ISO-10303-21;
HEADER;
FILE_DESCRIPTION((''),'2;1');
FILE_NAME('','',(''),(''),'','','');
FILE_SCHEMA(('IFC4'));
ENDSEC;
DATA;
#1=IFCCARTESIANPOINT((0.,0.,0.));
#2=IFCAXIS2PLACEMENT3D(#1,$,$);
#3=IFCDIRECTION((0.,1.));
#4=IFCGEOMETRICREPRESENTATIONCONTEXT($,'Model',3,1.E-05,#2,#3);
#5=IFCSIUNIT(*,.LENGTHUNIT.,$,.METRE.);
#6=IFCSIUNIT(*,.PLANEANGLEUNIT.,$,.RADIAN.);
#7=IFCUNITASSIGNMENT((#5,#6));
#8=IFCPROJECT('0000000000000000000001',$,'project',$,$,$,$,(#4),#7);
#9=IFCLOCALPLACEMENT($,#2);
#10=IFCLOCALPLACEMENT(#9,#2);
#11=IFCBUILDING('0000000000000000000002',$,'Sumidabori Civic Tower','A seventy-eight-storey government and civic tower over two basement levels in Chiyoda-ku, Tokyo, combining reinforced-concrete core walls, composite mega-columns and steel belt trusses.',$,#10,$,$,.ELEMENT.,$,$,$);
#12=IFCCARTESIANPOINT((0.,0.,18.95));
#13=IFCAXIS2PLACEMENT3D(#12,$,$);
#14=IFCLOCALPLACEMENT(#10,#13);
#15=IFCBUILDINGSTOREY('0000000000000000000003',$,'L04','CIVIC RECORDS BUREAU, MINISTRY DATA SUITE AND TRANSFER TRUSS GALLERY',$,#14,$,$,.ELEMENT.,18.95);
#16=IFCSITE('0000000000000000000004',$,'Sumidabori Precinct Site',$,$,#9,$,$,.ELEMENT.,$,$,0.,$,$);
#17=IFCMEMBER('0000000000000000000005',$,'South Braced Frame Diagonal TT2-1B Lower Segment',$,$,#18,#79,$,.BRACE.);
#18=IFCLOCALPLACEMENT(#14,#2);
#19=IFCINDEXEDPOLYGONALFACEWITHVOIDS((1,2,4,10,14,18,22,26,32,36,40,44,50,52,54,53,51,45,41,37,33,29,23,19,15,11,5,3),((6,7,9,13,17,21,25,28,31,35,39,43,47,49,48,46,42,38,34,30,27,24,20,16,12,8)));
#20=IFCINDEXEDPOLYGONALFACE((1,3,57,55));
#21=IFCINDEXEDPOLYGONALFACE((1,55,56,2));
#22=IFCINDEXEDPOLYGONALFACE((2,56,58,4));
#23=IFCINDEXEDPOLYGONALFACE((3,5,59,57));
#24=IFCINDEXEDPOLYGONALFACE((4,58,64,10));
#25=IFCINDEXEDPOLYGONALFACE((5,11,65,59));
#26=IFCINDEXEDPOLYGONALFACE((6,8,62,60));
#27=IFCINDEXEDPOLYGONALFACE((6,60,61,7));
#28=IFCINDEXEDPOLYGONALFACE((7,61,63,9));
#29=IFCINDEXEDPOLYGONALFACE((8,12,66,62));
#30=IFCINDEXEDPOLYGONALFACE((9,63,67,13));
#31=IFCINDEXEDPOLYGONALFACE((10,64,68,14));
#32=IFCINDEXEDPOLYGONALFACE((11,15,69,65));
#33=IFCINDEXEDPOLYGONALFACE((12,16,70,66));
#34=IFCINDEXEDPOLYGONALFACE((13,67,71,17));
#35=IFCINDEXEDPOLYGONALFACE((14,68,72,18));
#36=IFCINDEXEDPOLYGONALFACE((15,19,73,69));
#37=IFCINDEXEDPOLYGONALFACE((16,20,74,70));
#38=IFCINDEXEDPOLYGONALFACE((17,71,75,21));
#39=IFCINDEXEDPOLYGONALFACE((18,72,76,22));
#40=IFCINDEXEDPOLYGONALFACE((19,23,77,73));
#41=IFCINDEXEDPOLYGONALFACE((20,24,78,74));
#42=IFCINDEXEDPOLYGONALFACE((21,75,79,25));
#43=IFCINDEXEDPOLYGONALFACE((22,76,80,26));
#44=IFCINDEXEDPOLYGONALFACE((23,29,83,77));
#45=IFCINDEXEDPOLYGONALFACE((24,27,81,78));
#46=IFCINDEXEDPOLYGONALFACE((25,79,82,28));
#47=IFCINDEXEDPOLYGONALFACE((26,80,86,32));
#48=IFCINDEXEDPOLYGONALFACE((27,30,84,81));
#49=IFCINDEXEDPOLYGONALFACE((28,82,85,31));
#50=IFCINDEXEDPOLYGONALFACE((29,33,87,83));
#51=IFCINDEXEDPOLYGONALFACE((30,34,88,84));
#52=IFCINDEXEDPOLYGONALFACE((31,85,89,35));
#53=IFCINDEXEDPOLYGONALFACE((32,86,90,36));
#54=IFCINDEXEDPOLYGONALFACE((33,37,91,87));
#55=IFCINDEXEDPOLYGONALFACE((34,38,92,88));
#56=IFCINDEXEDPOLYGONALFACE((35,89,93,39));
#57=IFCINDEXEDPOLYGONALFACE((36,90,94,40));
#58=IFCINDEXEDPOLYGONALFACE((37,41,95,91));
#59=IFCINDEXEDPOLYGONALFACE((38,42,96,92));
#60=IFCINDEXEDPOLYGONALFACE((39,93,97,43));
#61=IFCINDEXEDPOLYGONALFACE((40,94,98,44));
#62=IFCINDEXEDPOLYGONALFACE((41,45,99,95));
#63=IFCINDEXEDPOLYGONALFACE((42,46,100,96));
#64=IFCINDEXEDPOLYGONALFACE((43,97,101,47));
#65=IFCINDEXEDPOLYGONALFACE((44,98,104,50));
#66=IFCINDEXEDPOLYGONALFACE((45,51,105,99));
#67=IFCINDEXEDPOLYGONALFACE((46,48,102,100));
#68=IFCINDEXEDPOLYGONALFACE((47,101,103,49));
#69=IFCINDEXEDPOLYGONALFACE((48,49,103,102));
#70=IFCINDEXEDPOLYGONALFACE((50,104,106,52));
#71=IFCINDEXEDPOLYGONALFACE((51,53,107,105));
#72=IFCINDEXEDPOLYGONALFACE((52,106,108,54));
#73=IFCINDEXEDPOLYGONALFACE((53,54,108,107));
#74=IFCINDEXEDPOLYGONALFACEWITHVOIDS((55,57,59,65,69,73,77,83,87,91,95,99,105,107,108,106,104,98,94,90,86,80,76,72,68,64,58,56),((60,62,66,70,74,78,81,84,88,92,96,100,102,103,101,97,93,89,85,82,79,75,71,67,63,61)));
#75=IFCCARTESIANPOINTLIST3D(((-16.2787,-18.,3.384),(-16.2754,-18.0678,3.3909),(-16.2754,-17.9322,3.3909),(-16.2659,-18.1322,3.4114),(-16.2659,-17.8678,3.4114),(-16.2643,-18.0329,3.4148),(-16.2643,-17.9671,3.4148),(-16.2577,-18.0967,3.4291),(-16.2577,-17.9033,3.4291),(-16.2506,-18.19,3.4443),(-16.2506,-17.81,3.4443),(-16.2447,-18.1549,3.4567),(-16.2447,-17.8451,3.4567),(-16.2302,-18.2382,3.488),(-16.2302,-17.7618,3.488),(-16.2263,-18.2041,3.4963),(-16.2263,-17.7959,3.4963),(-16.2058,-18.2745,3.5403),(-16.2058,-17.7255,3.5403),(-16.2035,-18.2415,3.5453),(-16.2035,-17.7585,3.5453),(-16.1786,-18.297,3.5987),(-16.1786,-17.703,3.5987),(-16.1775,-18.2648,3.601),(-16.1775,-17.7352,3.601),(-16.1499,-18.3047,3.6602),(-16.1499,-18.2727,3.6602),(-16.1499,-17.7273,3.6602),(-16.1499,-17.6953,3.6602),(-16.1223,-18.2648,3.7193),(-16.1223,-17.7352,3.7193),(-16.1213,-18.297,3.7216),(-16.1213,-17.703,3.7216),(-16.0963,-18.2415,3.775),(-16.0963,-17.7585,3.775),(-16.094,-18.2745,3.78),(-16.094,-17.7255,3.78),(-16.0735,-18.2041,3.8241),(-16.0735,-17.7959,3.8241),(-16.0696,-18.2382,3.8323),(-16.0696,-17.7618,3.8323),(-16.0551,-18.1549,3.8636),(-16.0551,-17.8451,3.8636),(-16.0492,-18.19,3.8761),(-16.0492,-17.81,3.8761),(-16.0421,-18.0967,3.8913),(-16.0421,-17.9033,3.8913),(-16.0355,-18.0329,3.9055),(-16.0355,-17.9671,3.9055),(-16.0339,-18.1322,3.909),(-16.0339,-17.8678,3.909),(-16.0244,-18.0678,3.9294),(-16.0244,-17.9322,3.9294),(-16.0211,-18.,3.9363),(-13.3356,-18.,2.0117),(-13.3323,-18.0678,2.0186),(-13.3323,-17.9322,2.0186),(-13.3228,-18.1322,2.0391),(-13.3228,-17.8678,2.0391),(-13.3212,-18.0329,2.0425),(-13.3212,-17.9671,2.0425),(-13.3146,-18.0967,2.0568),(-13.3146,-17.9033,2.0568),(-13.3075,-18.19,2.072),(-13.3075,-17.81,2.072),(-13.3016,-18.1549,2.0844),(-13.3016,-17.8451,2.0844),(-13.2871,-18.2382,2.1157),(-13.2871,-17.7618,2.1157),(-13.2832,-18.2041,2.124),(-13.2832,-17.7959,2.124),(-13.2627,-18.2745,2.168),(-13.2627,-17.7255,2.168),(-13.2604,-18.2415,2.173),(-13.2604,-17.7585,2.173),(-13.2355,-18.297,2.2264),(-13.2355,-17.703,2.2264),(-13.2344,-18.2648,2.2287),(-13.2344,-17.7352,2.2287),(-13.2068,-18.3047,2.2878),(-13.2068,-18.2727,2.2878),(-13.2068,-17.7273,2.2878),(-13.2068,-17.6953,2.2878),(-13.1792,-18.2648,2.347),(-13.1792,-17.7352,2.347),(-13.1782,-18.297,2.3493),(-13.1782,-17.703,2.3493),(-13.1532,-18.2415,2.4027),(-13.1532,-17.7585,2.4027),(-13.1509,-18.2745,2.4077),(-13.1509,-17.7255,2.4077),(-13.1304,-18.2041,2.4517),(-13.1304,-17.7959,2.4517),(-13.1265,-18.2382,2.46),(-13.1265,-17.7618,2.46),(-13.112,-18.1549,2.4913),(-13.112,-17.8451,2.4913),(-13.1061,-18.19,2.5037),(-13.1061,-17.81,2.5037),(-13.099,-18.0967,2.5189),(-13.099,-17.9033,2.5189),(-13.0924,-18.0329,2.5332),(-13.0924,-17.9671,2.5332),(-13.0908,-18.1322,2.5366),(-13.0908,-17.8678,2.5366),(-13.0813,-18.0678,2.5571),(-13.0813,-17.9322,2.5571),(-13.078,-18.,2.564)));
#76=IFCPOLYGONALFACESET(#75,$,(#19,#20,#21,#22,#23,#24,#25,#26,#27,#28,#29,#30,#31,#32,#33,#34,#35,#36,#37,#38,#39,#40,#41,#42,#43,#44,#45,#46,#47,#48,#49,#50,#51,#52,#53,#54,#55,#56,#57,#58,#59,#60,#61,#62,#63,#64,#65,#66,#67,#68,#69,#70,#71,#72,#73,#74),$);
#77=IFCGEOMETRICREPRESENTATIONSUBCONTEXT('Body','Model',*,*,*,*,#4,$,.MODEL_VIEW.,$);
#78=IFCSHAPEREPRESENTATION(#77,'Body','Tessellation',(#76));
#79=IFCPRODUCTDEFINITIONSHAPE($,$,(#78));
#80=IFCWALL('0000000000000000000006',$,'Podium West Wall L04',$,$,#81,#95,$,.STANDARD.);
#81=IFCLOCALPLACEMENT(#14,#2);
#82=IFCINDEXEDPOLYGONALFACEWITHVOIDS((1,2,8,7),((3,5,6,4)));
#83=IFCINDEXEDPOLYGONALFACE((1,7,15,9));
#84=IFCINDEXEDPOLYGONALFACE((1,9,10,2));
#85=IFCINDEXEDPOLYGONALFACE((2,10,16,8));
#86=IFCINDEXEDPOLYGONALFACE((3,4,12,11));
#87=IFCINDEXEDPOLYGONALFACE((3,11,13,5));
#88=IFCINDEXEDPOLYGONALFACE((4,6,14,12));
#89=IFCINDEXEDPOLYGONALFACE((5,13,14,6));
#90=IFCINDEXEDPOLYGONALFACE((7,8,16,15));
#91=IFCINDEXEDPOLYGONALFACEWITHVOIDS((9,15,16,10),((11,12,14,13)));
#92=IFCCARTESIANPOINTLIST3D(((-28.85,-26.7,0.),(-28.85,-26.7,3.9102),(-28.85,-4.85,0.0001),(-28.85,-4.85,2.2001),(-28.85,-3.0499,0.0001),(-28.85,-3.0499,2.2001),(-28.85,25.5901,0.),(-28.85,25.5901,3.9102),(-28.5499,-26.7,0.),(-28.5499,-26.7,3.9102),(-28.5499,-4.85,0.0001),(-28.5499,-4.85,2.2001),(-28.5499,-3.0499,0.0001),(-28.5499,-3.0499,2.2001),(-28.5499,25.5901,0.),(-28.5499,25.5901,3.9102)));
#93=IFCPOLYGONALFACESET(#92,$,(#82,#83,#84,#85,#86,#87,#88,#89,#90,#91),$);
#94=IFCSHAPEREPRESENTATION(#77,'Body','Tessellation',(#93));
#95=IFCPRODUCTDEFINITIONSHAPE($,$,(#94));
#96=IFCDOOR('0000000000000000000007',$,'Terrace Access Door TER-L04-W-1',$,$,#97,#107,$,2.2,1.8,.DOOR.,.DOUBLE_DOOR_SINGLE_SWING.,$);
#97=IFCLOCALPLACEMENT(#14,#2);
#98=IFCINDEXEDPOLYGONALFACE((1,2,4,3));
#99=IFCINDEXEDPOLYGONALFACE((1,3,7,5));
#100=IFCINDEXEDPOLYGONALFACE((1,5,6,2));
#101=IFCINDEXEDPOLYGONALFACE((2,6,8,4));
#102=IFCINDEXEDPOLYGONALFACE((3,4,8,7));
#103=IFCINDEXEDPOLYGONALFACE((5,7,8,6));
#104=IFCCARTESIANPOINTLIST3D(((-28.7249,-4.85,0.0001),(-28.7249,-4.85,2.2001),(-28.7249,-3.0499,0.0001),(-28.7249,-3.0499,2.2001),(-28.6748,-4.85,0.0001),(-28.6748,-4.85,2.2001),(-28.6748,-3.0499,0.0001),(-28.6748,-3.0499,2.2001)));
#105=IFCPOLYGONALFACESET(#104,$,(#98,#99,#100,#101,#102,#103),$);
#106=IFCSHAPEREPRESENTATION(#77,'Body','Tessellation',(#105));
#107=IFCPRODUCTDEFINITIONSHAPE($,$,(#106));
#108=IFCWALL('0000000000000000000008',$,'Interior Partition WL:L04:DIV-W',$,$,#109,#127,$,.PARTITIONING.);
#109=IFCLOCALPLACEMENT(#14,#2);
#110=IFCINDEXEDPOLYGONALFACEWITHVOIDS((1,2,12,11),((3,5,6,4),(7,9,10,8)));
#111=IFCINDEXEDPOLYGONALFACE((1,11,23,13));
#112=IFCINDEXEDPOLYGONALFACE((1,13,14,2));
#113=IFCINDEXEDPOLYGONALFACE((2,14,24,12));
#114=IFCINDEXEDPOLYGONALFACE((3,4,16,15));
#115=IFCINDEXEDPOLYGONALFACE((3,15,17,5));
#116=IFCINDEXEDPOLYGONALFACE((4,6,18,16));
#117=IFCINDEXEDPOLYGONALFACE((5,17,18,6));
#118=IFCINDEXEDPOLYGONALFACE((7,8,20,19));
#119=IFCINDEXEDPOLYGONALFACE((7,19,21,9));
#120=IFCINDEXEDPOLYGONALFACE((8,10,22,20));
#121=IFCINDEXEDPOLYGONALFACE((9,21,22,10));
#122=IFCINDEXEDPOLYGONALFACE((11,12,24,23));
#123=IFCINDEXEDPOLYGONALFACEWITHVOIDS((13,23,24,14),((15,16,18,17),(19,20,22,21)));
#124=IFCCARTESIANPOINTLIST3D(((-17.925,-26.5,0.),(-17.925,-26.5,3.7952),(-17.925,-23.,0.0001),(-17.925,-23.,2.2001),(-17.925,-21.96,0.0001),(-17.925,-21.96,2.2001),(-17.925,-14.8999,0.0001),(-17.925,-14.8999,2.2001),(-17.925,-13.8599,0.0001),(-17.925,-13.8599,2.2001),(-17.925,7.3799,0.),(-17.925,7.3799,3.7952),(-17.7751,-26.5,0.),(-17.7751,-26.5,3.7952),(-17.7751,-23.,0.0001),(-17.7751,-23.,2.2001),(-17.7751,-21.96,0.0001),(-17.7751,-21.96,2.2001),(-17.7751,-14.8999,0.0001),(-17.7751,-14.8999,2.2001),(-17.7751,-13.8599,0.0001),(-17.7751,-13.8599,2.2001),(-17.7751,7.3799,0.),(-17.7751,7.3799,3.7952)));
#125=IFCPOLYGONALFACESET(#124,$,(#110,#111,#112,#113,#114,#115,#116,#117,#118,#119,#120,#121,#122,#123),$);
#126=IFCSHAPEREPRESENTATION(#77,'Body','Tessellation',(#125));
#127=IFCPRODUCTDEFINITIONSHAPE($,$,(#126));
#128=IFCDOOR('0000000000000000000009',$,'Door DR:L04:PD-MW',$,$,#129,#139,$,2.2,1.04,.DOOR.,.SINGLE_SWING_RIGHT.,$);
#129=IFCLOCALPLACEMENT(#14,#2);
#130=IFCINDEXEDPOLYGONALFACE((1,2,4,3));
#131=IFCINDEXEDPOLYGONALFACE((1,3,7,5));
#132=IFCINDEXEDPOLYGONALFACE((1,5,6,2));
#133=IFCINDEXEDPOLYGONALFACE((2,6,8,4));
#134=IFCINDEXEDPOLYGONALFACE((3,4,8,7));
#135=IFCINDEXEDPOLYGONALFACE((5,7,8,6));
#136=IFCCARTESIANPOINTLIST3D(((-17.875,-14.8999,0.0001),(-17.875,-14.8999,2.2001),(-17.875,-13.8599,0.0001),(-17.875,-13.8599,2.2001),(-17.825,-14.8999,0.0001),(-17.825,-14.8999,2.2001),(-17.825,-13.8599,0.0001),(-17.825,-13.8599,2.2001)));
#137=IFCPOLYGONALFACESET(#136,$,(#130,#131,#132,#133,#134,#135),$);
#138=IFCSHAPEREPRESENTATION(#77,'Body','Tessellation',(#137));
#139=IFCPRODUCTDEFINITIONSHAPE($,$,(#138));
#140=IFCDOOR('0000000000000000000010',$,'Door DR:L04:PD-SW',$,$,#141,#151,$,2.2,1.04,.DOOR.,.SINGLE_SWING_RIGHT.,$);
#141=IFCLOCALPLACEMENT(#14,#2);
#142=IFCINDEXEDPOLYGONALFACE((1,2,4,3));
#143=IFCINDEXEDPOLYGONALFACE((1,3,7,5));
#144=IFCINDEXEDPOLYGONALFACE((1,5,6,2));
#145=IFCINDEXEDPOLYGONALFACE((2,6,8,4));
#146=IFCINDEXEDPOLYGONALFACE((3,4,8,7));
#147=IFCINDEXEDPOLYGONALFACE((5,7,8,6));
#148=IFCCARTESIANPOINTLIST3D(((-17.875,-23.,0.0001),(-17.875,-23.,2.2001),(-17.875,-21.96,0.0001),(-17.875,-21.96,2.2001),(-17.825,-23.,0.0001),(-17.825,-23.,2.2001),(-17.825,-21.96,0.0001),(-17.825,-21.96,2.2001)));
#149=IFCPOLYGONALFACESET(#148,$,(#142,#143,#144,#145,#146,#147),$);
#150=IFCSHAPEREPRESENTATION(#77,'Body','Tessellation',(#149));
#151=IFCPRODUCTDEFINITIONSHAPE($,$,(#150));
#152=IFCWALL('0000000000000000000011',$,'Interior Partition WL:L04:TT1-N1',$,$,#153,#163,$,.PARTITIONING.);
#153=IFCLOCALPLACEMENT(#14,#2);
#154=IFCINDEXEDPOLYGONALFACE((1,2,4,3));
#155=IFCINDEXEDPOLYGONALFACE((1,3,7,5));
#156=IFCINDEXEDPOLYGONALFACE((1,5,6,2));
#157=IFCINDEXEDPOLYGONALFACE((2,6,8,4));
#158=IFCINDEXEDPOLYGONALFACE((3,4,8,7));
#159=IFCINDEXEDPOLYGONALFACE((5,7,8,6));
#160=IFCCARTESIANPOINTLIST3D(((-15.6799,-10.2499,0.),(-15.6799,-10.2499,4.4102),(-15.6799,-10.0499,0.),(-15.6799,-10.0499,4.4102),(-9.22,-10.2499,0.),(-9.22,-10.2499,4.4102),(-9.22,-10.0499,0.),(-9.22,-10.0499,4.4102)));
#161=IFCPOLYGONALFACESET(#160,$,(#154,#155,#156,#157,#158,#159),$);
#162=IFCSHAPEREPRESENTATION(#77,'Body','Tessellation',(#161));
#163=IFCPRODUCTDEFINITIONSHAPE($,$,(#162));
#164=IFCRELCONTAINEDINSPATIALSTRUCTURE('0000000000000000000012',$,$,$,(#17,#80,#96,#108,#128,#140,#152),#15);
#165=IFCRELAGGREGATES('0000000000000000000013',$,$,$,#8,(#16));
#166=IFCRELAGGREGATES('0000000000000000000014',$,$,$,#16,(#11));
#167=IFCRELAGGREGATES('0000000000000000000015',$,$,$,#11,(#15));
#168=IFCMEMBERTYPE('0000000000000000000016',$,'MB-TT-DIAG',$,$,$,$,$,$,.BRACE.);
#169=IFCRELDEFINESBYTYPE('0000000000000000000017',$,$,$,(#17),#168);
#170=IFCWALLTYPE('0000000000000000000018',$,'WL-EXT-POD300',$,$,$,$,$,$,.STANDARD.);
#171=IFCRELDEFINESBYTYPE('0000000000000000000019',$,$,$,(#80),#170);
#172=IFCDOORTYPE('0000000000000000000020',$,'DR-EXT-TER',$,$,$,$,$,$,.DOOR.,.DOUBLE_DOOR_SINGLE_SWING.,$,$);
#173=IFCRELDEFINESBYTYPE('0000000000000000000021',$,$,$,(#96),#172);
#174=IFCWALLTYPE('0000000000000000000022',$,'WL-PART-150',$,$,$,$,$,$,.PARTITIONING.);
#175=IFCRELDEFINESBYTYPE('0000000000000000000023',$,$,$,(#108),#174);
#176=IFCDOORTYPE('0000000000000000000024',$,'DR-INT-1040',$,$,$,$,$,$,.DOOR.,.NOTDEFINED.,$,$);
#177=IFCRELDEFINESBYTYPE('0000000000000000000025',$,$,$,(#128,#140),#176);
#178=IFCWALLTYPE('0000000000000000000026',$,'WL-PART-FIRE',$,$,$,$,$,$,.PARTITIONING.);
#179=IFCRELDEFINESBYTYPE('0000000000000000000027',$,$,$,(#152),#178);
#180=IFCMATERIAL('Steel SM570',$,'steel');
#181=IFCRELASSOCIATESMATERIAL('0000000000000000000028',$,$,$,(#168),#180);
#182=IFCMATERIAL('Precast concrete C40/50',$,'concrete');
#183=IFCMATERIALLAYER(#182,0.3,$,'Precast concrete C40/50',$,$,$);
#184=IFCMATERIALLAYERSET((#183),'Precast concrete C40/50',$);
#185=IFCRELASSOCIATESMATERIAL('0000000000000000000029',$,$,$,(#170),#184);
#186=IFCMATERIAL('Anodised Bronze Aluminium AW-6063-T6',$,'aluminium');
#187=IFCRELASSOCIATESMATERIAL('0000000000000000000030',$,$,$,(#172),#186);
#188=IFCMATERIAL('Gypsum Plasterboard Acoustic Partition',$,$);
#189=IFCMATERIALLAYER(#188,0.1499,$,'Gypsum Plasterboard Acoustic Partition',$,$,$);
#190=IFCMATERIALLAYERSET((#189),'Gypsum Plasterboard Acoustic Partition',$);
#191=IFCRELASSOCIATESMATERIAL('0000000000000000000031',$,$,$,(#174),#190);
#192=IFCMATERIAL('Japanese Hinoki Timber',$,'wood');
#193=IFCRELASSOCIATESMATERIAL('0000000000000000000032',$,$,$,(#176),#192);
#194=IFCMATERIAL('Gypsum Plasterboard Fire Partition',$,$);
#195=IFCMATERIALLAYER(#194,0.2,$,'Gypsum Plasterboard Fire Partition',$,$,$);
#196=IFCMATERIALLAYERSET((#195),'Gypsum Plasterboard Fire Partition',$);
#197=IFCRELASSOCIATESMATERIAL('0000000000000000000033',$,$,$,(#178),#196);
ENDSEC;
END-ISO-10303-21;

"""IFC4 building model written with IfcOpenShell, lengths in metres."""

from ifc_helpers import new_model, si_unit, direction, frame, frame_2d, origin, origin_2d, place, context, subcontext, project, spatial, rectangle, hollow_circle, extrude, source, transform, mapped, material, layer, layer_set, material_profile, profile_set, type_object, element, fill, save


model = new_model("IFC4")

# Units and contexts
model_context = context("Model", 3, precision=1e-05, world=origin(), true_north=direction((0.0, 1.0)))
body_context = subcontext(model_context, "Body", "Model", "MODEL_VIEW")
ifc_project = project(units=[si_unit("LENGTHUNIT", "METRE"), si_unit("PLANEANGLEUNIT", "RADIAN")], contexts=[model_context])

# Site, building, storey
site_placement = place(None, origin())
site = spatial("IfcSite", under=ifc_project, at=site_placement, Name="Sumidabori Precinct Site", CompositionType="ELEMENT", RefElevation=0.0)
building_placement = place(site_placement, origin())
building = spatial("IfcBuilding", under=site, at=building_placement, Name="Sumidabori Civic Tower", Description="A seventy-eight-storey government and civic tower over two basement levels in Chiyoda-ku, Tokyo, combining reinforced-concrete core walls, composite mega-columns and steel belt trusses.", CompositionType="ELEMENT")
storey_placement = place(building_placement, frame((0.0, 0.0, 18.95)))
storey = spatial("IfcBuildingStorey", under=building, at=storey_placement, Name="L04", Description="CIVIC RECORDS BUREAU, MINISTRY DATA SUITE AND TRANSFER TRUSS GALLERY", CompositionType="ELEMENT", Elevation=18.95)

# Member
ifc_material_1 = material(Name="Steel SM570", Category="steel")
ifc_material_profile_1 = material_profile(ifc_material_1, hollow_circle(Radius=0.3047, WallThickness=0.032, at=origin_2d()), Name="CHS 609.6x32")
ifc_profile_set_1 = profile_set([ifc_material_profile_1], Name="Steel SM570")
member_type = type_object("IfcMemberType", Name="MB-TT-DIAG", PredefinedType="BRACE", material=ifc_profile_set_1)
shared_shape_1 = source(origin(), body_context, "Body", "SweptSolid", [
    extrude(hollow_circle(Radius=0.3047, WallThickness=0.032, at=origin_2d()), origin(), (0.0, 0.0, 1.0), 3.2473),
])
member_1_placement = place(storey_placement, frame((-16.1499, -18.0, 3.6602), z_axis=(0.906318, 0.0, -0.422597), x_axis=(0.0, 1.0, 0.0)))
element("IfcMember", 1, at=member_1_placement, inside=storey, type_object=member_type, Name="South Braced Frame Diagonal TT2-1B Lower Segment", PredefinedType="BRACE", context=body_context, shape_type="MappedRepresentation", body=[
    mapped(shared_shape_1, transform((0.0, 0.0, 0.0), x_axis=(1.0, 0.0, 0.0), y_axis=(0.0, 1.0, 0.0), z_axis=(0.0, 0.0, 1.0), scale=1.0)),
])

# Wall, opening, door
ifc_material_2 = material(Name="Precast concrete C40/50", Category="concrete")
ifc_layer_1 = layer(ifc_material_2, 0.3, Name="Precast concrete C40/50")
ifc_layer_set_1 = layer_set([ifc_layer_1], Name="Precast concrete C40/50")
wall_type_1 = type_object("IfcWallType", Name="WL-EXT-POD300", PredefinedType="STANDARD", material=ifc_layer_set_1)
shared_shape_2 = source(origin(), body_context, "Body", "SweptSolid", [
    extrude(rectangle(XDim=52.29, YDim=0.3, at=frame_2d((26.145, 0.0))), origin(), (0.0, 0.0, 1.0), 3.9102),
])
wall_1_placement = place(storey_placement, frame((-28.7, -26.7, 0.0), z_axis=(0.0, 0.0, 1.0), x_axis=(0.0, 1.0, 0.0)))
wall_1 = element("IfcWall", 2, at=wall_1_placement, inside=storey, type_object=wall_type_1, Name="Podium West Wall L04", PredefinedType="STANDARD", context=body_context, shape_type="MappedRepresentation", body=[
    mapped(shared_shape_2, transform((0.0, 0.0, 0.0), x_axis=(1.0, 0.0, 0.0), y_axis=(0.0, 1.0, 0.0), z_axis=(0.0, 0.0, 1.0), scale=1.0)),
])
opening_1_placement = place(wall_1_placement, frame((21.8501, 0.0, 0.0)))
opening_1 = element("IfcOpeningElement", 3, at=opening_1_placement, cuts=wall_1, PredefinedType="OPENING", context=body_context, shape_type="SweptSolid", body=[
    extrude(rectangle(XDim=1.8, YDim=2.2, at=frame_2d((0.8999, 1.1001))), frame((0.0, 0.1621, 0.0), z_axis=(0.0, -1.0, 0.0), x_axis=(1.0, 0.0, 0.0)), (0.0, 0.0, 1.0), 0.324),
])
ifc_material_3 = material(Name="Anodised Bronze Aluminium AW-6063-T6", Category="aluminium")
door_type_1 = type_object("IfcDoorType", Name="DR-EXT-TER", OperationType="DOUBLE_DOOR_SINGLE_SWING", PredefinedType="DOOR", material=ifc_material_3)
shared_shape_3 = source(origin(), body_context, "Body", "SweptSolid", [
    extrude(rectangle(XDim=1.8, YDim=2.2, at=frame_2d((0.8999, 1.1001))), frame((0.0, 0.0249, 0.0), z_axis=(0.0, -1.0, 0.0), x_axis=(1.0, 0.0, 0.0)), (0.0, 0.0, 1.0), 0.05),
])
door_1_placement = place(opening_1_placement, origin())
door_1 = element("IfcDoor", 4, at=door_1_placement, inside=storey, type_object=door_type_1, Name="Terrace Access Door TER-L04-W-1", OperationType="DOUBLE_DOOR_SINGLE_SWING", OverallHeight=2.2, OverallWidth=1.8, PredefinedType="DOOR", context=body_context, shape_type="MappedRepresentation", body=[
    mapped(shared_shape_3, transform((0.0, 0.0, 0.0), x_axis=(1.0, 0.0, 0.0), y_axis=(0.0, 1.0, 0.0), z_axis=(0.0, 0.0, 1.0), scale=1.0)),
])
fill(opening_1, door_1)

# Wall, openings, doors
ifc_material_4 = material(Name="Gypsum Plasterboard Acoustic Partition")
ifc_layer_2 = layer(ifc_material_4, 0.1499, Name="Gypsum Plasterboard Acoustic Partition")
ifc_layer_set_2 = layer_set([ifc_layer_2], Name="Gypsum Plasterboard Acoustic Partition")
wall_type_2 = type_object("IfcWallType", Name="WL-PART-150", PredefinedType="PARTITIONING", material=ifc_layer_set_2)
shared_shape_4 = source(origin(), body_context, "Body", "SweptSolid", [
    extrude(rectangle(XDim=33.8799, YDim=0.1499, at=frame_2d((16.9399, 0.0))), origin(), (0.0, 0.0, 1.0), 3.7952),
])
wall_2_placement = place(storey_placement, frame((-17.8501, -26.5, 0.0), z_axis=(0.0, 0.0, 1.0), x_axis=(0.0, 1.0, 0.0)))
wall_2 = element("IfcWall", 5, at=wall_2_placement, inside=storey, type_object=wall_type_2, Name="Interior Partition WL:L04:DIV-W", PredefinedType="PARTITIONING", context=body_context, shape_type="MappedRepresentation", body=[
    mapped(shared_shape_4, transform((0.0, 0.0, 0.0), x_axis=(1.0, 0.0, 0.0), y_axis=(0.0, 1.0, 0.0), z_axis=(0.0, 0.0, 1.0), scale=1.0)),
])
opening_2_placement = place(wall_2_placement, frame((11.6001, 0.0, 0.0)))
opening_2 = element("IfcOpeningElement", 6, at=opening_2_placement, cuts=wall_2, PredefinedType="OPENING", context=body_context, shape_type="SweptSolid", body=[
    extrude(rectangle(XDim=1.04, YDim=2.2, at=frame_2d((0.52, 1.1001))), frame((0.0, 0.0869, 0.0), z_axis=(0.0, -1.0, 0.0), x_axis=(1.0, 0.0, 0.0)), (0.0, 0.0, 1.0), 0.1738),
])
opening_3_placement = place(wall_2_placement, frame((3.5, 0.0, 0.0)))
opening_3 = element("IfcOpeningElement", 7, at=opening_3_placement, cuts=wall_2, PredefinedType="OPENING", context=body_context, shape_type="SweptSolid", body=[
    extrude(rectangle(XDim=1.04, YDim=2.2, at=frame_2d((0.52, 1.1001))), frame((0.0, 0.0869, 0.0), z_axis=(0.0, -1.0, 0.0), x_axis=(1.0, 0.0, 0.0)), (0.0, 0.0, 1.0), 0.1738),
])
ifc_material_5 = material(Name="Japanese Hinoki Timber", Category="wood")
door_type_2 = type_object("IfcDoorType", Name="DR-INT-1040", OperationType="NOTDEFINED", PredefinedType="DOOR", material=ifc_material_5)
shared_shape_5 = source(origin(), body_context, "Body", "SweptSolid", [
    extrude(rectangle(XDim=1.04, YDim=2.2, at=frame_2d((0.52, 1.1001))), frame((0.0, 0.0249, 0.0), z_axis=(0.0, -1.0, 0.0), x_axis=(1.0, 0.0, 0.0)), (0.0, 0.0, 1.0), 0.05),
])
door_2_placement = place(opening_2_placement, origin())
door_2 = element("IfcDoor", 8, at=door_2_placement, inside=storey, type_object=door_type_2, Name="Door DR:L04:PD-MW", OperationType="SINGLE_SWING_RIGHT", OverallHeight=2.2, OverallWidth=1.04, PredefinedType="DOOR", context=body_context, shape_type="MappedRepresentation", body=[
    mapped(shared_shape_5, transform((0.0, 0.0, 0.0), x_axis=(1.0, 0.0, 0.0), y_axis=(0.0, 1.0, 0.0), z_axis=(0.0, 0.0, 1.0), scale=1.0)),
])
fill(opening_2, door_2)
door_3_placement = place(opening_3_placement, origin())
door_3 = element("IfcDoor", 9, at=door_3_placement, inside=storey, type_object=door_type_2, Name="Door DR:L04:PD-SW", OperationType="SINGLE_SWING_RIGHT", OverallHeight=2.2, OverallWidth=1.04, PredefinedType="DOOR", context=body_context, shape_type="MappedRepresentation", body=[
    mapped(shared_shape_5, transform((0.0, 0.0, 0.0), x_axis=(1.0, 0.0, 0.0), y_axis=(0.0, 1.0, 0.0), z_axis=(0.0, 0.0, 1.0), scale=1.0)),
])
fill(opening_3, door_3)

# Wall
ifc_material_6 = material(Name="Gypsum Plasterboard Fire Partition")
ifc_layer_3 = layer(ifc_material_6, 0.2, Name="Gypsum Plasterboard Fire Partition")
ifc_layer_set_3 = layer_set([ifc_layer_3], Name="Gypsum Plasterboard Fire Partition")
wall_type_3 = type_object("IfcWallType", Name="WL-PART-FIRE", PredefinedType="PARTITIONING", material=ifc_layer_set_3)
shared_shape_6 = source(origin(), body_context, "Body", "SweptSolid", [
    extrude(rectangle(XDim=6.46, YDim=0.2, at=frame_2d((3.23, 0.0))), origin(), (0.0, 0.0, 1.0), 4.4102),
])
for number, where, z_axis, x_axis, name in (
    (10, (-15.6799, -10.1499, 0.0), (0.0, 0.0, 1.0), (1.0, 0.0, 0.0), "Interior Partition WL:L04:TT1-N1"),
):
    element("IfcWall", number, at=place(storey_placement, frame(where, z_axis=z_axis, x_axis=x_axis)), inside=storey, type_object=wall_type_3, Name=name, PredefinedType="PARTITIONING", context=body_context, shape_type="MappedRepresentation", body=[
        mapped(shared_shape_6, transform((0.0, 0.0, 0.0), x_axis=(1.0, 0.0, 0.0), y_axis=(0.0, 1.0, 0.0), z_axis=(0.0, 0.0, 1.0), scale=1.0)),
    ])

save(model, "model.ifc")
